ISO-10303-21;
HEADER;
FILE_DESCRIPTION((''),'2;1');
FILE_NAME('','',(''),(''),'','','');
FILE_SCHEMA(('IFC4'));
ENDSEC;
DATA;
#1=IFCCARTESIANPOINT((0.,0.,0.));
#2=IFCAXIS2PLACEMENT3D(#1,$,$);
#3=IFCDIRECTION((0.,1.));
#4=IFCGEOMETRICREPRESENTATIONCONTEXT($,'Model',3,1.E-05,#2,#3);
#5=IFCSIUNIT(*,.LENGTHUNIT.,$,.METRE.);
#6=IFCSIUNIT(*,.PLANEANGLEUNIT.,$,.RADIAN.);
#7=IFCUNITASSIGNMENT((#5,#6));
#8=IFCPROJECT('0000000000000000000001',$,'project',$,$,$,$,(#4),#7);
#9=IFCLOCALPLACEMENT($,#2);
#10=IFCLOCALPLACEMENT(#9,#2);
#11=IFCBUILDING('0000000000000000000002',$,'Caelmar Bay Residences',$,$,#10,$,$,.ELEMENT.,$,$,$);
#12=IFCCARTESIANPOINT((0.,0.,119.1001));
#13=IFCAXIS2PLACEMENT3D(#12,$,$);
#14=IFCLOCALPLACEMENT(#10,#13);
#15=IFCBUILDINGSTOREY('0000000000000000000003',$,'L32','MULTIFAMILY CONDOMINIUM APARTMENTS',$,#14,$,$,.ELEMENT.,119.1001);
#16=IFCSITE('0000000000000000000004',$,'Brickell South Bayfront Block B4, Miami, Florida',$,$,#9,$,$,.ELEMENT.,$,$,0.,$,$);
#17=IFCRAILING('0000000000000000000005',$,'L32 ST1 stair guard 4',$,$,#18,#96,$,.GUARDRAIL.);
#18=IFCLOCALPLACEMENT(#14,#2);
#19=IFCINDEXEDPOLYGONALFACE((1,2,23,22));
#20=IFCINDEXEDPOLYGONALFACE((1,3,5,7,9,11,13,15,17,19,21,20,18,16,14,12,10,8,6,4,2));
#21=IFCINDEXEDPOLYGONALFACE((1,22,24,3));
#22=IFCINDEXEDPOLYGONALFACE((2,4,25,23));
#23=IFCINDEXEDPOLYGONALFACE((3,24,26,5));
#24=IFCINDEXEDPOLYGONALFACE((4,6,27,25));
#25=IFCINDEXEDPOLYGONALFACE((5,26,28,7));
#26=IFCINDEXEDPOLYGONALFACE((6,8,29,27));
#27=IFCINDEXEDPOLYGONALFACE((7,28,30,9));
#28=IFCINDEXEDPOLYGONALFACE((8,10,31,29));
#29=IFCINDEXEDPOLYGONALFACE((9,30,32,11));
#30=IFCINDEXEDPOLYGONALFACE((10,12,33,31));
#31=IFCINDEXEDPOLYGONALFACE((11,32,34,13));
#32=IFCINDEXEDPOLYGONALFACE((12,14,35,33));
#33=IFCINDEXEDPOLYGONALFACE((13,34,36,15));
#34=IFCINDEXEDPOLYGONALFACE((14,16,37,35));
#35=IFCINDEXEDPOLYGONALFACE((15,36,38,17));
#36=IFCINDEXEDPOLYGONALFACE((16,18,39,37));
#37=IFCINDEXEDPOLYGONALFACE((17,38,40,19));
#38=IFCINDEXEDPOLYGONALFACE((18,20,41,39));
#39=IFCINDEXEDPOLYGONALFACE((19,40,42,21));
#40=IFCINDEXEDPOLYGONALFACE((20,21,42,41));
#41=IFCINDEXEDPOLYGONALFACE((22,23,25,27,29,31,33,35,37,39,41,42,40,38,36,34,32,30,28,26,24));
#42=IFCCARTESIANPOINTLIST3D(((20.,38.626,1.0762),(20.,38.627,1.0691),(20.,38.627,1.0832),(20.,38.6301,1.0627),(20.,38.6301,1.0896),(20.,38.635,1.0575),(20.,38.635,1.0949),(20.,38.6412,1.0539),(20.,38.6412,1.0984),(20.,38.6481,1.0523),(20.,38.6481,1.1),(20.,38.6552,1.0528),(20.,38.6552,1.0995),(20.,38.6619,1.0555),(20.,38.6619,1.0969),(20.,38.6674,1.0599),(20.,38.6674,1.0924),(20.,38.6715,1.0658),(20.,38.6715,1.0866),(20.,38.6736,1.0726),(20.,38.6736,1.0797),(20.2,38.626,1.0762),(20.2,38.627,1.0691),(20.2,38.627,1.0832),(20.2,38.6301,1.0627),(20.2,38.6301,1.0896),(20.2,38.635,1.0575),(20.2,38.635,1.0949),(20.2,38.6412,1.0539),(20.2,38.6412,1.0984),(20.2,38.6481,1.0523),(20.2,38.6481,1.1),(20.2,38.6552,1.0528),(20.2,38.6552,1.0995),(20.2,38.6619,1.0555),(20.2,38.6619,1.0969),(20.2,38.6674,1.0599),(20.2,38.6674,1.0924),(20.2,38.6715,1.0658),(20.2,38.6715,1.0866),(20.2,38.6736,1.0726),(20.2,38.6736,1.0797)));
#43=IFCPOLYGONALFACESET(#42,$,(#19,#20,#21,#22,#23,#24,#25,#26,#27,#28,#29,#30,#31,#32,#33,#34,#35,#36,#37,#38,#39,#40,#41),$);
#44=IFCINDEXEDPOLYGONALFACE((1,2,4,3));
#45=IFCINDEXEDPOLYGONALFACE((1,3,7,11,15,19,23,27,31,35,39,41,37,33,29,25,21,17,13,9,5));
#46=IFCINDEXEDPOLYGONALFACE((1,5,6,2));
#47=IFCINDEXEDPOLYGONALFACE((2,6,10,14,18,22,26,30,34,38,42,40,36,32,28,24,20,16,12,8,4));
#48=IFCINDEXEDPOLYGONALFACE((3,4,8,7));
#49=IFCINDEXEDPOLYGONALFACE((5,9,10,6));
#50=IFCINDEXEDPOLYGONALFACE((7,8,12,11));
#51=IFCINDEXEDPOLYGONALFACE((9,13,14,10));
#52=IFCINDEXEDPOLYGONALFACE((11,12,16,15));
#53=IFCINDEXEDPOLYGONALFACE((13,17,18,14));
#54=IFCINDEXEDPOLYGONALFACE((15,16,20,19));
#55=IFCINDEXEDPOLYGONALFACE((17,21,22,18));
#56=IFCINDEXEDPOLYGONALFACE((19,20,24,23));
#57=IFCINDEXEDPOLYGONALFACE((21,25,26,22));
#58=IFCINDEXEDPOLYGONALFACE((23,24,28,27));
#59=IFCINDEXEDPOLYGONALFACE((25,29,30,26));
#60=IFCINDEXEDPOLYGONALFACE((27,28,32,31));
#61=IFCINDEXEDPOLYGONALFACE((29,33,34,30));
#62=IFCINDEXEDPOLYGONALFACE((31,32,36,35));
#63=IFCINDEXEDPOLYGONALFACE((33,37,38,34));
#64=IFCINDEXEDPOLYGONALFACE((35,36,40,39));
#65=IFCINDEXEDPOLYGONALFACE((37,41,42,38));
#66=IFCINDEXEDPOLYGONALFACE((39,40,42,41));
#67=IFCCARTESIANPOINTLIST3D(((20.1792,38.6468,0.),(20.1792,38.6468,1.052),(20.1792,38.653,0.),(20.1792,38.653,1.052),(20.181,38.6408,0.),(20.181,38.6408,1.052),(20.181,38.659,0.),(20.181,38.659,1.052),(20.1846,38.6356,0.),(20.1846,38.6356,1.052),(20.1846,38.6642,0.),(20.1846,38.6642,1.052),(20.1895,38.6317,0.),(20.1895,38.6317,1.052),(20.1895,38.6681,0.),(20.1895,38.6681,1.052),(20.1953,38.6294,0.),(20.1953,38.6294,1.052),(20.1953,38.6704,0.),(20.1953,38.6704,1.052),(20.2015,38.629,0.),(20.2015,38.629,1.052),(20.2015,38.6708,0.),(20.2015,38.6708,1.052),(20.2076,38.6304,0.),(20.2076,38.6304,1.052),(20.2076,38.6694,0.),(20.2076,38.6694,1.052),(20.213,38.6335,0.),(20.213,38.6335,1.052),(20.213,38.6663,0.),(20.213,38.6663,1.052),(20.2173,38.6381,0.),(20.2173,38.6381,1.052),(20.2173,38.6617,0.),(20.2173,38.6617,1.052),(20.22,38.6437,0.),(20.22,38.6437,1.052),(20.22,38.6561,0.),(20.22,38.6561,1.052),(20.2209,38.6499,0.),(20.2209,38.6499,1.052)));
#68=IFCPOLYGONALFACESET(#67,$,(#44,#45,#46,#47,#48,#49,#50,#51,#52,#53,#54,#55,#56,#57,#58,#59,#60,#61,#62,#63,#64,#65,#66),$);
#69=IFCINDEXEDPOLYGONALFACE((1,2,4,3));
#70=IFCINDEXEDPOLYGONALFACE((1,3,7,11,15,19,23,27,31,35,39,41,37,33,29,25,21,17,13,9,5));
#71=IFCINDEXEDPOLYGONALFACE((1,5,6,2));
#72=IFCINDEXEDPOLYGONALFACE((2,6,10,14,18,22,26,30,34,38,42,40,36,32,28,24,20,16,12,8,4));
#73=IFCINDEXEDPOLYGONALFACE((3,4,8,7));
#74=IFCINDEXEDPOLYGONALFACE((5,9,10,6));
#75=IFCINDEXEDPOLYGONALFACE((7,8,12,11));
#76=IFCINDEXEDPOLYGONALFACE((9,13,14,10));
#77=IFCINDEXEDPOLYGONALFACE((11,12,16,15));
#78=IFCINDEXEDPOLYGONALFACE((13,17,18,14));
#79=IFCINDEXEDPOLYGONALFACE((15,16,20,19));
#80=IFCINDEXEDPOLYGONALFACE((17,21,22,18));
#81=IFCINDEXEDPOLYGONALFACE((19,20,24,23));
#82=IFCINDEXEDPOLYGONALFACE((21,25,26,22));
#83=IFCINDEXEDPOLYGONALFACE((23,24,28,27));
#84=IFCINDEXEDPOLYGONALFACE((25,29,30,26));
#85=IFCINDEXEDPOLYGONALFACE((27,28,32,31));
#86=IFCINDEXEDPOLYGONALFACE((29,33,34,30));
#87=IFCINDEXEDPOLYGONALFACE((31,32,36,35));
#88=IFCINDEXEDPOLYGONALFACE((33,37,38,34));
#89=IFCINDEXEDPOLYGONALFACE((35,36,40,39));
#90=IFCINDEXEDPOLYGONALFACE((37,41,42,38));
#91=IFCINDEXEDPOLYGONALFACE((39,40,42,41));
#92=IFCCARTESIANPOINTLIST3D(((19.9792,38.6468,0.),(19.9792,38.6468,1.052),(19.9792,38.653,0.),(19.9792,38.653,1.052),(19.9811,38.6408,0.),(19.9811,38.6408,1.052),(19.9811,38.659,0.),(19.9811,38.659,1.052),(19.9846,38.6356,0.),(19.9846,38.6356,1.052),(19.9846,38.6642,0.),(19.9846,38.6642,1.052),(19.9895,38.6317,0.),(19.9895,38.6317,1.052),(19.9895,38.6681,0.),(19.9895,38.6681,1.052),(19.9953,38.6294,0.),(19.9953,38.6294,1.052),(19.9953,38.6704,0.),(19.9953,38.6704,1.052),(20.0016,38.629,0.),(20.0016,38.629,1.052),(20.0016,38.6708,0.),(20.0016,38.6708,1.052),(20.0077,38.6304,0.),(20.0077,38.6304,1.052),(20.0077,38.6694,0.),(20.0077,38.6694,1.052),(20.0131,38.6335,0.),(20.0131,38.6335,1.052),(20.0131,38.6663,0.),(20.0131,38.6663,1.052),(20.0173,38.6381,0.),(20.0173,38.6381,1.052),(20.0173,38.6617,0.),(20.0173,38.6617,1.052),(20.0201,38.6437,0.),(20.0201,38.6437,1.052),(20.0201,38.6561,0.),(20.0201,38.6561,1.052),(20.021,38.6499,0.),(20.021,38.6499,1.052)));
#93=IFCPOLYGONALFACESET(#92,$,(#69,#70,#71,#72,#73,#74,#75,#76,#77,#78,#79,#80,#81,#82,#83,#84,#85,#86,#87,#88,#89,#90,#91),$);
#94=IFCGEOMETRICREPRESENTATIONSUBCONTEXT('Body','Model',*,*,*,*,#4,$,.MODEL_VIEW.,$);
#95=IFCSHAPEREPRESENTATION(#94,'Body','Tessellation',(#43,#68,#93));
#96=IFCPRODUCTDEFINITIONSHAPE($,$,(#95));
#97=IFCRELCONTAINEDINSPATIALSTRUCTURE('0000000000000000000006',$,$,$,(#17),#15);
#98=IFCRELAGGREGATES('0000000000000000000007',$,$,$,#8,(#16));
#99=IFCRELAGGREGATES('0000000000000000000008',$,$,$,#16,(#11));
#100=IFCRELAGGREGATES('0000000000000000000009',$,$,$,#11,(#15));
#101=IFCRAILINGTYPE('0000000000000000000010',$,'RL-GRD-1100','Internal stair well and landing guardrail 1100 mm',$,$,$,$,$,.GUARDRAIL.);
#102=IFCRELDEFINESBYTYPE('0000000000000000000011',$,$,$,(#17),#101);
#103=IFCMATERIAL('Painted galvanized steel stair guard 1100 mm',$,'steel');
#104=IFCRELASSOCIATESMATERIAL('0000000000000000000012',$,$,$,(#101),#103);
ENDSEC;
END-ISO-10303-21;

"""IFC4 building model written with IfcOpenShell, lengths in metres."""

from ifc_helpers import new_model, si_unit, direction, frame, origin, origin_2d, place, context, subcontext, project, spatial, circle, extrude, material, type_object, element, save


model = new_model("IFC4")

# Units and contexts
model_context = context("Model", 3, precision=1e-05, world=origin(), true_north=direction((0.0, 1.0)))
body_context = subcontext(model_context, "Body", "Model", "MODEL_VIEW")
ifc_project = project(units=[si_unit("LENGTHUNIT", "METRE"), si_unit("PLANEANGLEUNIT", "RADIAN")], contexts=[model_context])

# Site, building, storey
site_placement = place(None, origin())
site = spatial("IfcSite", under=ifc_project, at=site_placement, Name="Brickell South Bayfront Block B4, Miami, Florida", CompositionType="ELEMENT", RefElevation=0.0)
building_placement = place(site_placement, origin())
building = spatial("IfcBuilding", under=site, at=building_placement, Name="Caelmar Bay Residences", CompositionType="ELEMENT")
storey_placement = place(building_placement, frame((0.0, 0.0, 119.1001)))
storey = spatial("IfcBuildingStorey", under=building, at=storey_placement, Name="L32", Description="MULTIFAMILY CONDOMINIUM APARTMENTS", CompositionType="ELEMENT", Elevation=119.1001)

# Railing
ifc_material_1 = material(Name="Painted galvanized steel stair guard 1100 mm", Category="steel")
railing_type_1 = type_object("IfcRailingType", Name="RL-GRD-1100", Description="Internal stair well and landing guardrail 1100 mm", PredefinedType="GUARDRAIL", material=ifc_material_1)
railing_1_placement = place(storey_placement, frame((20.2, 38.6499, 0.0)))
element("IfcRailing", 1, at=railing_1_placement, inside=storey, type_object=railing_type_1, Name="L32 ST1 stair guard 4", PredefinedType="GUARDRAIL", context=body_context, shape_type="SweptSolid", body=[
    extrude(circle(Radius=0.0239, at=origin_2d()), frame((0.0, 0.0, 1.0762), z_axis=(-1.0, 0.0, 0.0), x_axis=(0.0, -1.0, 0.0)), (0.0, 0.0, 1.0), 0.2),
    extrude(circle(Radius=0.021, at=origin_2d()), origin(), (0.0, 0.0, 1.0), 1.052),
    extrude(circle(Radius=0.021, at=origin_2d()), frame((-0.2, 0.0, 0.0)), (0.0, 0.0, 1.0), 1.052),
])

save(model, "model.ifc")
